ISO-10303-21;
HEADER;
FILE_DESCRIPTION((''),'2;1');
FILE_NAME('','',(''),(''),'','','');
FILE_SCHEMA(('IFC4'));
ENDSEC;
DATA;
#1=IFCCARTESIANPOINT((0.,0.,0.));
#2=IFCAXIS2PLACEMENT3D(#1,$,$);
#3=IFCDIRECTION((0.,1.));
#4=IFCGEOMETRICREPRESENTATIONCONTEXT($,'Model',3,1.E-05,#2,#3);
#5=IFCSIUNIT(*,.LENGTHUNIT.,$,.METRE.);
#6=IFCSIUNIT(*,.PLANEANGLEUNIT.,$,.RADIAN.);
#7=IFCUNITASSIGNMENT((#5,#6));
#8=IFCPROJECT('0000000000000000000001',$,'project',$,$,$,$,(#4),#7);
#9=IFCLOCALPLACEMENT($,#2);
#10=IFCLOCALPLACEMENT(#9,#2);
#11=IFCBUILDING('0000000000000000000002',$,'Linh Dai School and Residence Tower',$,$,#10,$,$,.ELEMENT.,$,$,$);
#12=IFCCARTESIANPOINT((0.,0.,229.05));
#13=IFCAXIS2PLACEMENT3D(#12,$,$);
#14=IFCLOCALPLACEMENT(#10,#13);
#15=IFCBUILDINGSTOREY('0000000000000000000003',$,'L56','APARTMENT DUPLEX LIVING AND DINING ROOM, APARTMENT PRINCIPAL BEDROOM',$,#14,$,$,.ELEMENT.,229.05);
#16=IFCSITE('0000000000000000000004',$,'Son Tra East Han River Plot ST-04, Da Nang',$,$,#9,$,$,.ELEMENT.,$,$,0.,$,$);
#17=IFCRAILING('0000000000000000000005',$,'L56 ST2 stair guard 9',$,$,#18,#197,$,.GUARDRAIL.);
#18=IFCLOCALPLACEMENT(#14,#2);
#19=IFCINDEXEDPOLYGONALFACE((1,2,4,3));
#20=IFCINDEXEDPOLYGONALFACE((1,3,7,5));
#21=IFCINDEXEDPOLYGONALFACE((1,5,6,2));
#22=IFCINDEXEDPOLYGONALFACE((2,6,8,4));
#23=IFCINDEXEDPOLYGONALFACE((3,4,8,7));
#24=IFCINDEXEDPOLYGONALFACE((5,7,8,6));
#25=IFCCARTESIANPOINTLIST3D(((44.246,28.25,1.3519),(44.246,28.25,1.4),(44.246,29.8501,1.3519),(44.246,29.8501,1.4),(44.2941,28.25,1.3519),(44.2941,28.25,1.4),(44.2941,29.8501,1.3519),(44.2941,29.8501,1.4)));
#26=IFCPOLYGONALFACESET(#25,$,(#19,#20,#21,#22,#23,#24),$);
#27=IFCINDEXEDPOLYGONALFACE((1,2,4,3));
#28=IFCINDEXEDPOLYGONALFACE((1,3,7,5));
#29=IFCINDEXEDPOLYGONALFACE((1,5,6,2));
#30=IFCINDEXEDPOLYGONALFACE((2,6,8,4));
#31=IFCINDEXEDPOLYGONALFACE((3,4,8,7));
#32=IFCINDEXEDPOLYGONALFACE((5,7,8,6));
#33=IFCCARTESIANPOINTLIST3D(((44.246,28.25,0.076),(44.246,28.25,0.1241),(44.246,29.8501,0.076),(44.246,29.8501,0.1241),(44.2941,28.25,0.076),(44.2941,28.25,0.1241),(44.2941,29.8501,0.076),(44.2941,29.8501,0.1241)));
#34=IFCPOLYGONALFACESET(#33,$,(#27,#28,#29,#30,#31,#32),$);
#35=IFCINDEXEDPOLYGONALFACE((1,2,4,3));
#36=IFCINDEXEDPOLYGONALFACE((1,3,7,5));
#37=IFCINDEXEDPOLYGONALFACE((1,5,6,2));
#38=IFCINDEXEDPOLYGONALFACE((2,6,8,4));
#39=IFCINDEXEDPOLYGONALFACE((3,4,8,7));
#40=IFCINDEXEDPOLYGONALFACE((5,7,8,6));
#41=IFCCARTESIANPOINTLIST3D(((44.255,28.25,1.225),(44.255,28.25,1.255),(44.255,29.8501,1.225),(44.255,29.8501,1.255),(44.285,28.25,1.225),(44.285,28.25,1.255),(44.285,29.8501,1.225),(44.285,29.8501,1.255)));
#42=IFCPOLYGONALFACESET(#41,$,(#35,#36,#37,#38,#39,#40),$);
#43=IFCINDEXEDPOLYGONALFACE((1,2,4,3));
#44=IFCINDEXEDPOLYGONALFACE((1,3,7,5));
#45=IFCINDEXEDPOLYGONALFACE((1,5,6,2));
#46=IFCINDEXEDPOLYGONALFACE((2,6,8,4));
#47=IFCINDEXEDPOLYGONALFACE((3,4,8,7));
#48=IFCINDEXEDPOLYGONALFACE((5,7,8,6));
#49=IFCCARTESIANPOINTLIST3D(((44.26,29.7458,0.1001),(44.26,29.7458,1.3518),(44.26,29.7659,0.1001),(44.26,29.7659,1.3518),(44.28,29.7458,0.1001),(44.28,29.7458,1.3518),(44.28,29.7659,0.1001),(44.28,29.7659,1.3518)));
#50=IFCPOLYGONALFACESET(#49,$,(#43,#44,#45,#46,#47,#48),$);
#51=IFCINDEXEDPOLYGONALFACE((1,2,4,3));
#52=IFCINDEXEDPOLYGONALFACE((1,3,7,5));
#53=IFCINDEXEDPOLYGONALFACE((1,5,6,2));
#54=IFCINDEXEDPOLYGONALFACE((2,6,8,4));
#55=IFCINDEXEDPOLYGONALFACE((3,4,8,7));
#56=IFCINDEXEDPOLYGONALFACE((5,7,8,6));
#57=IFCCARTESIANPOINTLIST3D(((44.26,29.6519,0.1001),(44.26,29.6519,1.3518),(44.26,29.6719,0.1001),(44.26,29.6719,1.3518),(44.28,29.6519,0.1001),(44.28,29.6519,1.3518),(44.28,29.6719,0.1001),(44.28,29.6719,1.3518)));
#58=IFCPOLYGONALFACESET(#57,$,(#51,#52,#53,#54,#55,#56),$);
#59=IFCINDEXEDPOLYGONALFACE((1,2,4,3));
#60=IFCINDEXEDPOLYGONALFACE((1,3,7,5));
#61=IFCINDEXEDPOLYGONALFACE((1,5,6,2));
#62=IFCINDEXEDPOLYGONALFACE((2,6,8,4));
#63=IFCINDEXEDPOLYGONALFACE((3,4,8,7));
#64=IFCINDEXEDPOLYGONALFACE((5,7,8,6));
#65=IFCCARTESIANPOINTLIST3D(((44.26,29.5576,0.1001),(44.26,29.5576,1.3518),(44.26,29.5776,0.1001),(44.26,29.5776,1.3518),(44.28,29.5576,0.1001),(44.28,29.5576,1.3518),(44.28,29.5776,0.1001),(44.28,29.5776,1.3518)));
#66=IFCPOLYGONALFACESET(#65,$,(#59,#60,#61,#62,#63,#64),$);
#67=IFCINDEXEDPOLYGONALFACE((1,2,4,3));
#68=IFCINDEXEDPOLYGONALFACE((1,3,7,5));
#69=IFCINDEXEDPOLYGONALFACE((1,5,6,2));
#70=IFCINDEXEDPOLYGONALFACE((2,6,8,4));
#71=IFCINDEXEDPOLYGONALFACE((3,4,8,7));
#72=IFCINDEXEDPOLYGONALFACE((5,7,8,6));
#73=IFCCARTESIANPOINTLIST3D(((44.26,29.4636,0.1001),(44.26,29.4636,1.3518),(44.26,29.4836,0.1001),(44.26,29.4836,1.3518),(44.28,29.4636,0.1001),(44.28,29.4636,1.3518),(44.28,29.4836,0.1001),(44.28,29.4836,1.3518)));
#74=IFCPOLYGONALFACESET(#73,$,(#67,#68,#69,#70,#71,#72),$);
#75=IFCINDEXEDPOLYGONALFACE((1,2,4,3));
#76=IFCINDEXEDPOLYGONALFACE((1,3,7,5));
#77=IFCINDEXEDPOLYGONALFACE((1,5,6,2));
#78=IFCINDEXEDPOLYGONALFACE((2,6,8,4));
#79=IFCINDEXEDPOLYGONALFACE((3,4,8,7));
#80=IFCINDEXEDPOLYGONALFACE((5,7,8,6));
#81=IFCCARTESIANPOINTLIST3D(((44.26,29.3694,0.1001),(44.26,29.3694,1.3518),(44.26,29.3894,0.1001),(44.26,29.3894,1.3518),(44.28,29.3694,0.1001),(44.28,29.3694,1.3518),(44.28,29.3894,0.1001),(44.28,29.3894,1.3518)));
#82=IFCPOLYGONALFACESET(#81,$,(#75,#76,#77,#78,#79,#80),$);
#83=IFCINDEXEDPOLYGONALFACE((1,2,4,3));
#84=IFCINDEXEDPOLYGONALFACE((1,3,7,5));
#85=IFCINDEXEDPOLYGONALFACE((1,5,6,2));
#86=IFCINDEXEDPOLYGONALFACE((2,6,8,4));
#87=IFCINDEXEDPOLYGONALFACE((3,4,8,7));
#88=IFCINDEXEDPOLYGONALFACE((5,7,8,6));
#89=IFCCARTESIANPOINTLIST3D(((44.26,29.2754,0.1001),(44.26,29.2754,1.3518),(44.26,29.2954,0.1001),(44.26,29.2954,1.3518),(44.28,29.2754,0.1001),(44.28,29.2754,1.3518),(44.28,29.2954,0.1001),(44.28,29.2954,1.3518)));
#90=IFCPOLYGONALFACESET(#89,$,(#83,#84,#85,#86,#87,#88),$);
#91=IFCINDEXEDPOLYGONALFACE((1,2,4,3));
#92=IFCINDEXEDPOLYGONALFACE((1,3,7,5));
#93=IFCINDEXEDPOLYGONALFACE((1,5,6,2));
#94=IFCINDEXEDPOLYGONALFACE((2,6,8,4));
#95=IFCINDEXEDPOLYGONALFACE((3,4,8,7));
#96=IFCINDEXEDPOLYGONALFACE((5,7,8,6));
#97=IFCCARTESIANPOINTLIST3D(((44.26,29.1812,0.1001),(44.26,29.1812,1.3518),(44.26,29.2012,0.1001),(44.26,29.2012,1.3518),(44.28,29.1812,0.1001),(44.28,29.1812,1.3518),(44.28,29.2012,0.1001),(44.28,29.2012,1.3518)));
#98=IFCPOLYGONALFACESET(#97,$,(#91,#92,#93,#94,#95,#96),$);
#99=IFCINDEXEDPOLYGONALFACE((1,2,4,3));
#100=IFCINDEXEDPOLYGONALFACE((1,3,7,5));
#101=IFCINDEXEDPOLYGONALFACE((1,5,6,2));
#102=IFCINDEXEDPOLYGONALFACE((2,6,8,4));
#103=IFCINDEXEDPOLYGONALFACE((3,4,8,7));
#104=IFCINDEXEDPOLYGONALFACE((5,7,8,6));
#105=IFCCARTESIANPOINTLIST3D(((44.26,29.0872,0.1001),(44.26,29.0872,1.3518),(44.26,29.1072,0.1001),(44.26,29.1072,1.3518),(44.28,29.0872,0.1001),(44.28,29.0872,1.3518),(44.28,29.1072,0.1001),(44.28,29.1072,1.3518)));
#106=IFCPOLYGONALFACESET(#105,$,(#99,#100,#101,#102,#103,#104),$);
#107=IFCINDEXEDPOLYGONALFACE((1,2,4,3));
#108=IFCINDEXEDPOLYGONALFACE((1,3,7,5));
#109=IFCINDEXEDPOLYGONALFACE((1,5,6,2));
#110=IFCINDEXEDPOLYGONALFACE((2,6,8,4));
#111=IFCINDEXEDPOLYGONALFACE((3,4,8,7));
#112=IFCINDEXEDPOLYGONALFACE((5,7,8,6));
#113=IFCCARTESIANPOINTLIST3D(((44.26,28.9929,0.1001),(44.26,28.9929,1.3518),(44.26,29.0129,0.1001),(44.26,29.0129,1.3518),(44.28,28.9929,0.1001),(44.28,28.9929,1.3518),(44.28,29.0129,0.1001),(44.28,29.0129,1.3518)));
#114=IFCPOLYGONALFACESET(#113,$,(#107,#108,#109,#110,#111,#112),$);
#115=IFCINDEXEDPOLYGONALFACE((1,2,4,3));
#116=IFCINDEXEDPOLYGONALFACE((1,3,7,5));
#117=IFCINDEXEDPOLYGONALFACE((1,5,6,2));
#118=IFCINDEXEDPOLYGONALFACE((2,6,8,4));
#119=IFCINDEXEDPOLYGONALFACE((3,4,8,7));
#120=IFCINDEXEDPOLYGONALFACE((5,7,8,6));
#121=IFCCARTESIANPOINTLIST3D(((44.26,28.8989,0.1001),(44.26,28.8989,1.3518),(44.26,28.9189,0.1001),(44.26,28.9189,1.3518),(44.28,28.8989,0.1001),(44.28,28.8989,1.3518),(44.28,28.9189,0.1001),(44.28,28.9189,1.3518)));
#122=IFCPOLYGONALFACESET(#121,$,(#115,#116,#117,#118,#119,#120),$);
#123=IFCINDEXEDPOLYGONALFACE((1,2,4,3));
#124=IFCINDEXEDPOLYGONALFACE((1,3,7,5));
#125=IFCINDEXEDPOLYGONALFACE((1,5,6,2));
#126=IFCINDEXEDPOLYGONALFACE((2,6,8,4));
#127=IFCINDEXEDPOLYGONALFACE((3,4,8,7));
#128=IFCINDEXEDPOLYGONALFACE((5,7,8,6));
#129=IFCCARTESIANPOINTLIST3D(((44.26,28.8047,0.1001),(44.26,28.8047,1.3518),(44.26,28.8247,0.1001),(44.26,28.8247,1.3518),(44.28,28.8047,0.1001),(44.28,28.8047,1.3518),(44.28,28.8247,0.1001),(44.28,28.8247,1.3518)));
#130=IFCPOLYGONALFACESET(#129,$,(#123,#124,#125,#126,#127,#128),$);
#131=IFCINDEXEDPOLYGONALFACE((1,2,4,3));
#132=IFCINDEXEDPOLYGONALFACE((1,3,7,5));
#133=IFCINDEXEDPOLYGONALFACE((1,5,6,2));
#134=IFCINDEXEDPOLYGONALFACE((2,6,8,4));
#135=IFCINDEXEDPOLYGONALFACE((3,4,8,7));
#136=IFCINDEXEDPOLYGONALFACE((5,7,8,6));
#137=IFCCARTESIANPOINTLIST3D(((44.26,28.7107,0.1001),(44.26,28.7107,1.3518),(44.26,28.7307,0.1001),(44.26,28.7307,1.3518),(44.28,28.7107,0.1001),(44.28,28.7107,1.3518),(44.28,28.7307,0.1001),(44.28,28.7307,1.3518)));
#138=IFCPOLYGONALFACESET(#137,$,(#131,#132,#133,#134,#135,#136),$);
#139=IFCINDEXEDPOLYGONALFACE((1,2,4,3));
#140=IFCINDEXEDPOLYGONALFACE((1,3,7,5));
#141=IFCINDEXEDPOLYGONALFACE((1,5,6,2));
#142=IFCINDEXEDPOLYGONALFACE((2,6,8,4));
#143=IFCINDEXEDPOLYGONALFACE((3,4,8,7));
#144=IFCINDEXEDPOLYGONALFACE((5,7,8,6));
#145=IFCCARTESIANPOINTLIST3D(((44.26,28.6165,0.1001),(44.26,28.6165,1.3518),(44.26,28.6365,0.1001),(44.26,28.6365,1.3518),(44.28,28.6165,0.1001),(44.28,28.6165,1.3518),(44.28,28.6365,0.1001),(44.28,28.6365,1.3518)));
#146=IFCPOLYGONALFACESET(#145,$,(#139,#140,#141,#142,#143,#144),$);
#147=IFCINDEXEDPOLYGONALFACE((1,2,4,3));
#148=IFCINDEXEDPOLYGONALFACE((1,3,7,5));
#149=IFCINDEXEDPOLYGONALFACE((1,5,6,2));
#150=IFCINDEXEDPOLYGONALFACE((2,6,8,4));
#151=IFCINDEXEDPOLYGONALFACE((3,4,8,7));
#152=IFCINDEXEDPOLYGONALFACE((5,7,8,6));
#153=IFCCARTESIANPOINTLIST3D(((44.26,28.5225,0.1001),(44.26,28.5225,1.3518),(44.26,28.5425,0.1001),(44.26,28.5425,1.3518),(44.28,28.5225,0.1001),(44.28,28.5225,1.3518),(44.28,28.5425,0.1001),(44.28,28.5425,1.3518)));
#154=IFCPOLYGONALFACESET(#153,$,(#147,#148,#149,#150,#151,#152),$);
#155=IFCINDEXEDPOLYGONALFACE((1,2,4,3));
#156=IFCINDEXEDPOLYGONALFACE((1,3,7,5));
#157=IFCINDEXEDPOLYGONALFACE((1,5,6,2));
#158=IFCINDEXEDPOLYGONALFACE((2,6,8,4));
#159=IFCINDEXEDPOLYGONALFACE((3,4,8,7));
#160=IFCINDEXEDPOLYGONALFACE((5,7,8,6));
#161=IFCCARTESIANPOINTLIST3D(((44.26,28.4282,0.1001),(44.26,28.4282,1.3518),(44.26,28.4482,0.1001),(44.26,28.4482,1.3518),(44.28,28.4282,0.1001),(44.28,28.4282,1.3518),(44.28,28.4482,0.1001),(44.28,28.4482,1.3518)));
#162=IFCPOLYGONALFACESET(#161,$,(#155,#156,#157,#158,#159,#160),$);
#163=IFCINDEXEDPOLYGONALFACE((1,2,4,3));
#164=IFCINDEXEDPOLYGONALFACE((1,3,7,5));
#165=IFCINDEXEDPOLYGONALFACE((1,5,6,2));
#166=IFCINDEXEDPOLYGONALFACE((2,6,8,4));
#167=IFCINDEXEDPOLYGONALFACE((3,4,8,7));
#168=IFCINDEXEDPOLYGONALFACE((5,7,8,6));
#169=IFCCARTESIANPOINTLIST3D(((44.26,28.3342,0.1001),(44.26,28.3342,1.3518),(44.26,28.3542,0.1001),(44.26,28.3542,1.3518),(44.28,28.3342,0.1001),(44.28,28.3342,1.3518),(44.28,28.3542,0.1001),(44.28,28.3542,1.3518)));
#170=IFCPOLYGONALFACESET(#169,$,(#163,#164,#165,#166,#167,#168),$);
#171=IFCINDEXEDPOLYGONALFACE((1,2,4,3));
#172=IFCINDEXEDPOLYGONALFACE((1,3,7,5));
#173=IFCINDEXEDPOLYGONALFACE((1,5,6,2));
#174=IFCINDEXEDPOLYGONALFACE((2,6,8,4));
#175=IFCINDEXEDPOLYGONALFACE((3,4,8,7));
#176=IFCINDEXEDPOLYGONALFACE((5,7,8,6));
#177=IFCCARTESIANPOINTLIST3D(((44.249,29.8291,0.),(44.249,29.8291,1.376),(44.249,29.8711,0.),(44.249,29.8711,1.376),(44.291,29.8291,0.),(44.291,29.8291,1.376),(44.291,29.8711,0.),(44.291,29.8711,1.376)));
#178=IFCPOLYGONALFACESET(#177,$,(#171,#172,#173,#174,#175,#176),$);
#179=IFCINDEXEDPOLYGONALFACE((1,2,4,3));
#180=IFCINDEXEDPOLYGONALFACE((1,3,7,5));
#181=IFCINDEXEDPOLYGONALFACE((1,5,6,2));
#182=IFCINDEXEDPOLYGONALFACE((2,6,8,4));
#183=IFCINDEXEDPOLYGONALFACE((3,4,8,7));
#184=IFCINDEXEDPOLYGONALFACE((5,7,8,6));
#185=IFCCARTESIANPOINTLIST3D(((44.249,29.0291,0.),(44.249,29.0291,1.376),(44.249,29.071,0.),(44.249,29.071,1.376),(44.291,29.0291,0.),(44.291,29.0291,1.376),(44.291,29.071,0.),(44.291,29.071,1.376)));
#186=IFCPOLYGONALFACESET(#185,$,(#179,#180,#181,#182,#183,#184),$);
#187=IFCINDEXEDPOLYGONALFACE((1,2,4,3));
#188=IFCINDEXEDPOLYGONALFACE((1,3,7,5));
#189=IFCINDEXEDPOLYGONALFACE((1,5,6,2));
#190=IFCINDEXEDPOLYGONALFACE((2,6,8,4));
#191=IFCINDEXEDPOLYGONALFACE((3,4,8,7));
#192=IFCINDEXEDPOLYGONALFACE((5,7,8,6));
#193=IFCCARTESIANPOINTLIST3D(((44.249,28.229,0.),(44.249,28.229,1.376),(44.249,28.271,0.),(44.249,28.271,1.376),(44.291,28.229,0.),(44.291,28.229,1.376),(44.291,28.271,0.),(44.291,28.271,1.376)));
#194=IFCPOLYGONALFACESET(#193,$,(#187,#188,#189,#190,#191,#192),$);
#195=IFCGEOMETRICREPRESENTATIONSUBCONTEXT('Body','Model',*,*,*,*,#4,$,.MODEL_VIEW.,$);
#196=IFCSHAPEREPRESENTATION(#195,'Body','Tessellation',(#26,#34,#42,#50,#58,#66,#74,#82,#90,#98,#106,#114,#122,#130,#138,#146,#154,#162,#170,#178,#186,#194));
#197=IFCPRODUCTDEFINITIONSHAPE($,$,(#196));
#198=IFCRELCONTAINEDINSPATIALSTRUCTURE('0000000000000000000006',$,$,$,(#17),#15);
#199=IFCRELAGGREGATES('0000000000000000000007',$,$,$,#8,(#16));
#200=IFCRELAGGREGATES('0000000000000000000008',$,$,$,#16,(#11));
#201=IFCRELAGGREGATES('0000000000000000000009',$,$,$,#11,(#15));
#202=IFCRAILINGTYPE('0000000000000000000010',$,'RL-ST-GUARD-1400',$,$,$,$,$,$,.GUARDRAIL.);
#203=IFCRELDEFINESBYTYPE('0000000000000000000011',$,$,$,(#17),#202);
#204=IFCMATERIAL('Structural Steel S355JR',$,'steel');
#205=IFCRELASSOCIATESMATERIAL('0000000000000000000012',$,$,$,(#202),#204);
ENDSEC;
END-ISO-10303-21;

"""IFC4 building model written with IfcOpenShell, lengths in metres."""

from ifc_helpers import new_model, si_unit, direction, frame, origin, origin_2d, place, context, subcontext, project, spatial, rectangle, extrude, source, transform, mapped, material, type_object, element, save


model = new_model("IFC4")

# Units and contexts
model_context = context("Model", 3, precision=1e-05, world=origin(), true_north=direction((0.0, 1.0)))
body_context = subcontext(model_context, "Body", "Model", "MODEL_VIEW")
ifc_project = project(units=[si_unit("LENGTHUNIT", "METRE"), si_unit("PLANEANGLEUNIT", "RADIAN")], contexts=[model_context])

# Site, building, storey
site_placement = place(None, origin())
site = spatial("IfcSite", under=ifc_project, at=site_placement, Name="Son Tra East Han River Plot ST-04, Da Nang", CompositionType="ELEMENT", RefElevation=0.0)
building_placement = place(site_placement, origin())
building = spatial("IfcBuilding", under=site, at=building_placement, Name="Linh Dai School and Residence Tower", CompositionType="ELEMENT")
storey_placement = place(building_placement, frame((0.0, 0.0, 229.05)))
storey = spatial("IfcBuildingStorey", under=building, at=storey_placement, Name="L56", Description="APARTMENT DUPLEX LIVING AND DINING ROOM, APARTMENT PRINCIPAL BEDROOM", CompositionType="ELEMENT", Elevation=229.05)

# Shared definitions
ifc_material_1 = material(Name="Structural Steel S355JR", Category="steel")

# Railing
railing_type_1 = type_object("IfcRailingType", Name="RL-ST-GUARD-1400", PredefinedType="GUARDRAIL", material=ifc_material_1)
shared_shape_1 = source(origin(), body_context, "Body", "SweptSolid", [
    extrude(rectangle(XDim=0.0481, YDim=0.0481, at=origin_2d()), frame((0.0, 0.0, 1.376), z_axis=(0.0, -1.0, 0.0), x_axis=(1.0, 0.0, 0.0)), (0.0, 0.0, 1.0), 1.6001),
    extrude(rectangle(XDim=0.0481, YDim=0.0481, at=origin_2d()), frame((0.0, 0.0, 0.1001), z_axis=(0.0, -1.0, 0.0), x_axis=(1.0, 0.0, 0.0)), (0.0, 0.0, 1.0), 1.6001),
    extrude(rectangle(XDim=0.03, YDim=0.03, at=origin_2d()), frame((0.0, 0.0, 1.24), z_axis=(0.0, -1.0, 0.0), x_axis=(1.0, 0.0, 0.0)), (0.0, 0.0, 1.0), 1.6001),
    extrude(rectangle(XDim=0.02, YDim=0.02, at=origin_2d()), frame((0.0, -0.0942, 0.1001)), (0.0, 0.0, 1.0), 1.2517),
    extrude(rectangle(XDim=0.02, YDim=0.02, at=origin_2d()), frame((0.0, -0.1882, 0.1001)), (0.0, 0.0, 1.0), 1.2517),
    extrude(rectangle(XDim=0.02, YDim=0.02, at=origin_2d()), frame((0.0, -0.2825, 0.1001)), (0.0, 0.0, 1.0), 1.2517),
    extrude(rectangle(XDim=0.02, YDim=0.02, at=origin_2d()), frame((0.0, -0.3765, 0.1001)), (0.0, 0.0, 1.0), 1.2517),
    extrude(rectangle(XDim=0.02, YDim=0.02, at=origin_2d()), frame((0.0, -0.4707, 0.1001)), (0.0, 0.0, 1.0), 1.2517),
    extrude(rectangle(XDim=0.02, YDim=0.02, at=origin_2d()), frame((0.0, -0.5647, 0.1001)), (0.0, 0.0, 1.0), 1.2517),
    extrude(rectangle(XDim=0.02, YDim=0.02, at=origin_2d()), frame((0.0, -0.6589, 0.1001)), (0.0, 0.0, 1.0), 1.2517),
    extrude(rectangle(XDim=0.02, YDim=0.02, at=origin_2d()), frame((0.0, -0.7529, 0.1001)), (0.0, 0.0, 1.0), 1.2517),
    extrude(rectangle(XDim=0.02, YDim=0.02, at=origin_2d()), frame((0.0, -0.8472, 0.1001)), (0.0, 0.0, 1.0), 1.2517),
    extrude(rectangle(XDim=0.02, YDim=0.02, at=origin_2d()), frame((0.0, -0.9412, 0.1001)), (0.0, 0.0, 1.0), 1.2517),
    extrude(rectangle(XDim=0.02, YDim=0.02, at=origin_2d()), frame((0.0, -1.0354, 0.1001)), (0.0, 0.0, 1.0), 1.2517),
    extrude(rectangle(XDim=0.02, YDim=0.02, at=origin_2d()), frame((0.0, -1.1294, 0.1001)), (0.0, 0.0, 1.0), 1.2517),
    extrude(rectangle(XDim=0.02, YDim=0.02, at=origin_2d()), frame((0.0, -1.2236, 0.1001)), (0.0, 0.0, 1.0), 1.2517),
    extrude(rectangle(XDim=0.02, YDim=0.02, at=origin_2d()), frame((0.0, -1.3176, 0.1001)), (0.0, 0.0, 1.0), 1.2517),
    extrude(rectangle(XDim=0.02, YDim=0.02, at=origin_2d()), frame((0.0, -1.4119, 0.1001)), (0.0, 0.0, 1.0), 1.2517),
    extrude(rectangle(XDim=0.02, YDim=0.02, at=origin_2d()), frame((0.0, -1.5059, 0.1001)), (0.0, 0.0, 1.0), 1.2517),
    extrude(rectangle(XDim=0.042, YDim=0.042, at=origin_2d()), origin(), (0.0, 0.0, 1.0), 1.376),
    extrude(rectangle(XDim=0.042, YDim=0.042, at=origin_2d()), frame((0.0, -0.8, 0.0)), (0.0, 0.0, 1.0), 1.376),
    extrude(rectangle(XDim=0.042, YDim=0.042, at=origin_2d()), frame((0.0, -1.6001, 0.0)), (0.0, 0.0, 1.0), 1.376),
])
for number, where, name in (
    (1, (44.27, 29.8501, 0.0), "L56 ST2 stair guard 9"),
):
    element("IfcRailing", number, at=place(storey_placement, frame(where)), inside=storey, type_object=railing_type_1, Name=name, PredefinedType="GUARDRAIL", context=body_context, shape_type="MappedRepresentation", body=[
        mapped(shared_shape_1, transform((0.0, 0.0, 0.0), x_axis=(1.0, 0.0, 0.0), y_axis=(0.0, 1.0, 0.0), z_axis=(0.0, 0.0, 1.0), scale=1.0)),
    ])

save(model, "model.ifc")
